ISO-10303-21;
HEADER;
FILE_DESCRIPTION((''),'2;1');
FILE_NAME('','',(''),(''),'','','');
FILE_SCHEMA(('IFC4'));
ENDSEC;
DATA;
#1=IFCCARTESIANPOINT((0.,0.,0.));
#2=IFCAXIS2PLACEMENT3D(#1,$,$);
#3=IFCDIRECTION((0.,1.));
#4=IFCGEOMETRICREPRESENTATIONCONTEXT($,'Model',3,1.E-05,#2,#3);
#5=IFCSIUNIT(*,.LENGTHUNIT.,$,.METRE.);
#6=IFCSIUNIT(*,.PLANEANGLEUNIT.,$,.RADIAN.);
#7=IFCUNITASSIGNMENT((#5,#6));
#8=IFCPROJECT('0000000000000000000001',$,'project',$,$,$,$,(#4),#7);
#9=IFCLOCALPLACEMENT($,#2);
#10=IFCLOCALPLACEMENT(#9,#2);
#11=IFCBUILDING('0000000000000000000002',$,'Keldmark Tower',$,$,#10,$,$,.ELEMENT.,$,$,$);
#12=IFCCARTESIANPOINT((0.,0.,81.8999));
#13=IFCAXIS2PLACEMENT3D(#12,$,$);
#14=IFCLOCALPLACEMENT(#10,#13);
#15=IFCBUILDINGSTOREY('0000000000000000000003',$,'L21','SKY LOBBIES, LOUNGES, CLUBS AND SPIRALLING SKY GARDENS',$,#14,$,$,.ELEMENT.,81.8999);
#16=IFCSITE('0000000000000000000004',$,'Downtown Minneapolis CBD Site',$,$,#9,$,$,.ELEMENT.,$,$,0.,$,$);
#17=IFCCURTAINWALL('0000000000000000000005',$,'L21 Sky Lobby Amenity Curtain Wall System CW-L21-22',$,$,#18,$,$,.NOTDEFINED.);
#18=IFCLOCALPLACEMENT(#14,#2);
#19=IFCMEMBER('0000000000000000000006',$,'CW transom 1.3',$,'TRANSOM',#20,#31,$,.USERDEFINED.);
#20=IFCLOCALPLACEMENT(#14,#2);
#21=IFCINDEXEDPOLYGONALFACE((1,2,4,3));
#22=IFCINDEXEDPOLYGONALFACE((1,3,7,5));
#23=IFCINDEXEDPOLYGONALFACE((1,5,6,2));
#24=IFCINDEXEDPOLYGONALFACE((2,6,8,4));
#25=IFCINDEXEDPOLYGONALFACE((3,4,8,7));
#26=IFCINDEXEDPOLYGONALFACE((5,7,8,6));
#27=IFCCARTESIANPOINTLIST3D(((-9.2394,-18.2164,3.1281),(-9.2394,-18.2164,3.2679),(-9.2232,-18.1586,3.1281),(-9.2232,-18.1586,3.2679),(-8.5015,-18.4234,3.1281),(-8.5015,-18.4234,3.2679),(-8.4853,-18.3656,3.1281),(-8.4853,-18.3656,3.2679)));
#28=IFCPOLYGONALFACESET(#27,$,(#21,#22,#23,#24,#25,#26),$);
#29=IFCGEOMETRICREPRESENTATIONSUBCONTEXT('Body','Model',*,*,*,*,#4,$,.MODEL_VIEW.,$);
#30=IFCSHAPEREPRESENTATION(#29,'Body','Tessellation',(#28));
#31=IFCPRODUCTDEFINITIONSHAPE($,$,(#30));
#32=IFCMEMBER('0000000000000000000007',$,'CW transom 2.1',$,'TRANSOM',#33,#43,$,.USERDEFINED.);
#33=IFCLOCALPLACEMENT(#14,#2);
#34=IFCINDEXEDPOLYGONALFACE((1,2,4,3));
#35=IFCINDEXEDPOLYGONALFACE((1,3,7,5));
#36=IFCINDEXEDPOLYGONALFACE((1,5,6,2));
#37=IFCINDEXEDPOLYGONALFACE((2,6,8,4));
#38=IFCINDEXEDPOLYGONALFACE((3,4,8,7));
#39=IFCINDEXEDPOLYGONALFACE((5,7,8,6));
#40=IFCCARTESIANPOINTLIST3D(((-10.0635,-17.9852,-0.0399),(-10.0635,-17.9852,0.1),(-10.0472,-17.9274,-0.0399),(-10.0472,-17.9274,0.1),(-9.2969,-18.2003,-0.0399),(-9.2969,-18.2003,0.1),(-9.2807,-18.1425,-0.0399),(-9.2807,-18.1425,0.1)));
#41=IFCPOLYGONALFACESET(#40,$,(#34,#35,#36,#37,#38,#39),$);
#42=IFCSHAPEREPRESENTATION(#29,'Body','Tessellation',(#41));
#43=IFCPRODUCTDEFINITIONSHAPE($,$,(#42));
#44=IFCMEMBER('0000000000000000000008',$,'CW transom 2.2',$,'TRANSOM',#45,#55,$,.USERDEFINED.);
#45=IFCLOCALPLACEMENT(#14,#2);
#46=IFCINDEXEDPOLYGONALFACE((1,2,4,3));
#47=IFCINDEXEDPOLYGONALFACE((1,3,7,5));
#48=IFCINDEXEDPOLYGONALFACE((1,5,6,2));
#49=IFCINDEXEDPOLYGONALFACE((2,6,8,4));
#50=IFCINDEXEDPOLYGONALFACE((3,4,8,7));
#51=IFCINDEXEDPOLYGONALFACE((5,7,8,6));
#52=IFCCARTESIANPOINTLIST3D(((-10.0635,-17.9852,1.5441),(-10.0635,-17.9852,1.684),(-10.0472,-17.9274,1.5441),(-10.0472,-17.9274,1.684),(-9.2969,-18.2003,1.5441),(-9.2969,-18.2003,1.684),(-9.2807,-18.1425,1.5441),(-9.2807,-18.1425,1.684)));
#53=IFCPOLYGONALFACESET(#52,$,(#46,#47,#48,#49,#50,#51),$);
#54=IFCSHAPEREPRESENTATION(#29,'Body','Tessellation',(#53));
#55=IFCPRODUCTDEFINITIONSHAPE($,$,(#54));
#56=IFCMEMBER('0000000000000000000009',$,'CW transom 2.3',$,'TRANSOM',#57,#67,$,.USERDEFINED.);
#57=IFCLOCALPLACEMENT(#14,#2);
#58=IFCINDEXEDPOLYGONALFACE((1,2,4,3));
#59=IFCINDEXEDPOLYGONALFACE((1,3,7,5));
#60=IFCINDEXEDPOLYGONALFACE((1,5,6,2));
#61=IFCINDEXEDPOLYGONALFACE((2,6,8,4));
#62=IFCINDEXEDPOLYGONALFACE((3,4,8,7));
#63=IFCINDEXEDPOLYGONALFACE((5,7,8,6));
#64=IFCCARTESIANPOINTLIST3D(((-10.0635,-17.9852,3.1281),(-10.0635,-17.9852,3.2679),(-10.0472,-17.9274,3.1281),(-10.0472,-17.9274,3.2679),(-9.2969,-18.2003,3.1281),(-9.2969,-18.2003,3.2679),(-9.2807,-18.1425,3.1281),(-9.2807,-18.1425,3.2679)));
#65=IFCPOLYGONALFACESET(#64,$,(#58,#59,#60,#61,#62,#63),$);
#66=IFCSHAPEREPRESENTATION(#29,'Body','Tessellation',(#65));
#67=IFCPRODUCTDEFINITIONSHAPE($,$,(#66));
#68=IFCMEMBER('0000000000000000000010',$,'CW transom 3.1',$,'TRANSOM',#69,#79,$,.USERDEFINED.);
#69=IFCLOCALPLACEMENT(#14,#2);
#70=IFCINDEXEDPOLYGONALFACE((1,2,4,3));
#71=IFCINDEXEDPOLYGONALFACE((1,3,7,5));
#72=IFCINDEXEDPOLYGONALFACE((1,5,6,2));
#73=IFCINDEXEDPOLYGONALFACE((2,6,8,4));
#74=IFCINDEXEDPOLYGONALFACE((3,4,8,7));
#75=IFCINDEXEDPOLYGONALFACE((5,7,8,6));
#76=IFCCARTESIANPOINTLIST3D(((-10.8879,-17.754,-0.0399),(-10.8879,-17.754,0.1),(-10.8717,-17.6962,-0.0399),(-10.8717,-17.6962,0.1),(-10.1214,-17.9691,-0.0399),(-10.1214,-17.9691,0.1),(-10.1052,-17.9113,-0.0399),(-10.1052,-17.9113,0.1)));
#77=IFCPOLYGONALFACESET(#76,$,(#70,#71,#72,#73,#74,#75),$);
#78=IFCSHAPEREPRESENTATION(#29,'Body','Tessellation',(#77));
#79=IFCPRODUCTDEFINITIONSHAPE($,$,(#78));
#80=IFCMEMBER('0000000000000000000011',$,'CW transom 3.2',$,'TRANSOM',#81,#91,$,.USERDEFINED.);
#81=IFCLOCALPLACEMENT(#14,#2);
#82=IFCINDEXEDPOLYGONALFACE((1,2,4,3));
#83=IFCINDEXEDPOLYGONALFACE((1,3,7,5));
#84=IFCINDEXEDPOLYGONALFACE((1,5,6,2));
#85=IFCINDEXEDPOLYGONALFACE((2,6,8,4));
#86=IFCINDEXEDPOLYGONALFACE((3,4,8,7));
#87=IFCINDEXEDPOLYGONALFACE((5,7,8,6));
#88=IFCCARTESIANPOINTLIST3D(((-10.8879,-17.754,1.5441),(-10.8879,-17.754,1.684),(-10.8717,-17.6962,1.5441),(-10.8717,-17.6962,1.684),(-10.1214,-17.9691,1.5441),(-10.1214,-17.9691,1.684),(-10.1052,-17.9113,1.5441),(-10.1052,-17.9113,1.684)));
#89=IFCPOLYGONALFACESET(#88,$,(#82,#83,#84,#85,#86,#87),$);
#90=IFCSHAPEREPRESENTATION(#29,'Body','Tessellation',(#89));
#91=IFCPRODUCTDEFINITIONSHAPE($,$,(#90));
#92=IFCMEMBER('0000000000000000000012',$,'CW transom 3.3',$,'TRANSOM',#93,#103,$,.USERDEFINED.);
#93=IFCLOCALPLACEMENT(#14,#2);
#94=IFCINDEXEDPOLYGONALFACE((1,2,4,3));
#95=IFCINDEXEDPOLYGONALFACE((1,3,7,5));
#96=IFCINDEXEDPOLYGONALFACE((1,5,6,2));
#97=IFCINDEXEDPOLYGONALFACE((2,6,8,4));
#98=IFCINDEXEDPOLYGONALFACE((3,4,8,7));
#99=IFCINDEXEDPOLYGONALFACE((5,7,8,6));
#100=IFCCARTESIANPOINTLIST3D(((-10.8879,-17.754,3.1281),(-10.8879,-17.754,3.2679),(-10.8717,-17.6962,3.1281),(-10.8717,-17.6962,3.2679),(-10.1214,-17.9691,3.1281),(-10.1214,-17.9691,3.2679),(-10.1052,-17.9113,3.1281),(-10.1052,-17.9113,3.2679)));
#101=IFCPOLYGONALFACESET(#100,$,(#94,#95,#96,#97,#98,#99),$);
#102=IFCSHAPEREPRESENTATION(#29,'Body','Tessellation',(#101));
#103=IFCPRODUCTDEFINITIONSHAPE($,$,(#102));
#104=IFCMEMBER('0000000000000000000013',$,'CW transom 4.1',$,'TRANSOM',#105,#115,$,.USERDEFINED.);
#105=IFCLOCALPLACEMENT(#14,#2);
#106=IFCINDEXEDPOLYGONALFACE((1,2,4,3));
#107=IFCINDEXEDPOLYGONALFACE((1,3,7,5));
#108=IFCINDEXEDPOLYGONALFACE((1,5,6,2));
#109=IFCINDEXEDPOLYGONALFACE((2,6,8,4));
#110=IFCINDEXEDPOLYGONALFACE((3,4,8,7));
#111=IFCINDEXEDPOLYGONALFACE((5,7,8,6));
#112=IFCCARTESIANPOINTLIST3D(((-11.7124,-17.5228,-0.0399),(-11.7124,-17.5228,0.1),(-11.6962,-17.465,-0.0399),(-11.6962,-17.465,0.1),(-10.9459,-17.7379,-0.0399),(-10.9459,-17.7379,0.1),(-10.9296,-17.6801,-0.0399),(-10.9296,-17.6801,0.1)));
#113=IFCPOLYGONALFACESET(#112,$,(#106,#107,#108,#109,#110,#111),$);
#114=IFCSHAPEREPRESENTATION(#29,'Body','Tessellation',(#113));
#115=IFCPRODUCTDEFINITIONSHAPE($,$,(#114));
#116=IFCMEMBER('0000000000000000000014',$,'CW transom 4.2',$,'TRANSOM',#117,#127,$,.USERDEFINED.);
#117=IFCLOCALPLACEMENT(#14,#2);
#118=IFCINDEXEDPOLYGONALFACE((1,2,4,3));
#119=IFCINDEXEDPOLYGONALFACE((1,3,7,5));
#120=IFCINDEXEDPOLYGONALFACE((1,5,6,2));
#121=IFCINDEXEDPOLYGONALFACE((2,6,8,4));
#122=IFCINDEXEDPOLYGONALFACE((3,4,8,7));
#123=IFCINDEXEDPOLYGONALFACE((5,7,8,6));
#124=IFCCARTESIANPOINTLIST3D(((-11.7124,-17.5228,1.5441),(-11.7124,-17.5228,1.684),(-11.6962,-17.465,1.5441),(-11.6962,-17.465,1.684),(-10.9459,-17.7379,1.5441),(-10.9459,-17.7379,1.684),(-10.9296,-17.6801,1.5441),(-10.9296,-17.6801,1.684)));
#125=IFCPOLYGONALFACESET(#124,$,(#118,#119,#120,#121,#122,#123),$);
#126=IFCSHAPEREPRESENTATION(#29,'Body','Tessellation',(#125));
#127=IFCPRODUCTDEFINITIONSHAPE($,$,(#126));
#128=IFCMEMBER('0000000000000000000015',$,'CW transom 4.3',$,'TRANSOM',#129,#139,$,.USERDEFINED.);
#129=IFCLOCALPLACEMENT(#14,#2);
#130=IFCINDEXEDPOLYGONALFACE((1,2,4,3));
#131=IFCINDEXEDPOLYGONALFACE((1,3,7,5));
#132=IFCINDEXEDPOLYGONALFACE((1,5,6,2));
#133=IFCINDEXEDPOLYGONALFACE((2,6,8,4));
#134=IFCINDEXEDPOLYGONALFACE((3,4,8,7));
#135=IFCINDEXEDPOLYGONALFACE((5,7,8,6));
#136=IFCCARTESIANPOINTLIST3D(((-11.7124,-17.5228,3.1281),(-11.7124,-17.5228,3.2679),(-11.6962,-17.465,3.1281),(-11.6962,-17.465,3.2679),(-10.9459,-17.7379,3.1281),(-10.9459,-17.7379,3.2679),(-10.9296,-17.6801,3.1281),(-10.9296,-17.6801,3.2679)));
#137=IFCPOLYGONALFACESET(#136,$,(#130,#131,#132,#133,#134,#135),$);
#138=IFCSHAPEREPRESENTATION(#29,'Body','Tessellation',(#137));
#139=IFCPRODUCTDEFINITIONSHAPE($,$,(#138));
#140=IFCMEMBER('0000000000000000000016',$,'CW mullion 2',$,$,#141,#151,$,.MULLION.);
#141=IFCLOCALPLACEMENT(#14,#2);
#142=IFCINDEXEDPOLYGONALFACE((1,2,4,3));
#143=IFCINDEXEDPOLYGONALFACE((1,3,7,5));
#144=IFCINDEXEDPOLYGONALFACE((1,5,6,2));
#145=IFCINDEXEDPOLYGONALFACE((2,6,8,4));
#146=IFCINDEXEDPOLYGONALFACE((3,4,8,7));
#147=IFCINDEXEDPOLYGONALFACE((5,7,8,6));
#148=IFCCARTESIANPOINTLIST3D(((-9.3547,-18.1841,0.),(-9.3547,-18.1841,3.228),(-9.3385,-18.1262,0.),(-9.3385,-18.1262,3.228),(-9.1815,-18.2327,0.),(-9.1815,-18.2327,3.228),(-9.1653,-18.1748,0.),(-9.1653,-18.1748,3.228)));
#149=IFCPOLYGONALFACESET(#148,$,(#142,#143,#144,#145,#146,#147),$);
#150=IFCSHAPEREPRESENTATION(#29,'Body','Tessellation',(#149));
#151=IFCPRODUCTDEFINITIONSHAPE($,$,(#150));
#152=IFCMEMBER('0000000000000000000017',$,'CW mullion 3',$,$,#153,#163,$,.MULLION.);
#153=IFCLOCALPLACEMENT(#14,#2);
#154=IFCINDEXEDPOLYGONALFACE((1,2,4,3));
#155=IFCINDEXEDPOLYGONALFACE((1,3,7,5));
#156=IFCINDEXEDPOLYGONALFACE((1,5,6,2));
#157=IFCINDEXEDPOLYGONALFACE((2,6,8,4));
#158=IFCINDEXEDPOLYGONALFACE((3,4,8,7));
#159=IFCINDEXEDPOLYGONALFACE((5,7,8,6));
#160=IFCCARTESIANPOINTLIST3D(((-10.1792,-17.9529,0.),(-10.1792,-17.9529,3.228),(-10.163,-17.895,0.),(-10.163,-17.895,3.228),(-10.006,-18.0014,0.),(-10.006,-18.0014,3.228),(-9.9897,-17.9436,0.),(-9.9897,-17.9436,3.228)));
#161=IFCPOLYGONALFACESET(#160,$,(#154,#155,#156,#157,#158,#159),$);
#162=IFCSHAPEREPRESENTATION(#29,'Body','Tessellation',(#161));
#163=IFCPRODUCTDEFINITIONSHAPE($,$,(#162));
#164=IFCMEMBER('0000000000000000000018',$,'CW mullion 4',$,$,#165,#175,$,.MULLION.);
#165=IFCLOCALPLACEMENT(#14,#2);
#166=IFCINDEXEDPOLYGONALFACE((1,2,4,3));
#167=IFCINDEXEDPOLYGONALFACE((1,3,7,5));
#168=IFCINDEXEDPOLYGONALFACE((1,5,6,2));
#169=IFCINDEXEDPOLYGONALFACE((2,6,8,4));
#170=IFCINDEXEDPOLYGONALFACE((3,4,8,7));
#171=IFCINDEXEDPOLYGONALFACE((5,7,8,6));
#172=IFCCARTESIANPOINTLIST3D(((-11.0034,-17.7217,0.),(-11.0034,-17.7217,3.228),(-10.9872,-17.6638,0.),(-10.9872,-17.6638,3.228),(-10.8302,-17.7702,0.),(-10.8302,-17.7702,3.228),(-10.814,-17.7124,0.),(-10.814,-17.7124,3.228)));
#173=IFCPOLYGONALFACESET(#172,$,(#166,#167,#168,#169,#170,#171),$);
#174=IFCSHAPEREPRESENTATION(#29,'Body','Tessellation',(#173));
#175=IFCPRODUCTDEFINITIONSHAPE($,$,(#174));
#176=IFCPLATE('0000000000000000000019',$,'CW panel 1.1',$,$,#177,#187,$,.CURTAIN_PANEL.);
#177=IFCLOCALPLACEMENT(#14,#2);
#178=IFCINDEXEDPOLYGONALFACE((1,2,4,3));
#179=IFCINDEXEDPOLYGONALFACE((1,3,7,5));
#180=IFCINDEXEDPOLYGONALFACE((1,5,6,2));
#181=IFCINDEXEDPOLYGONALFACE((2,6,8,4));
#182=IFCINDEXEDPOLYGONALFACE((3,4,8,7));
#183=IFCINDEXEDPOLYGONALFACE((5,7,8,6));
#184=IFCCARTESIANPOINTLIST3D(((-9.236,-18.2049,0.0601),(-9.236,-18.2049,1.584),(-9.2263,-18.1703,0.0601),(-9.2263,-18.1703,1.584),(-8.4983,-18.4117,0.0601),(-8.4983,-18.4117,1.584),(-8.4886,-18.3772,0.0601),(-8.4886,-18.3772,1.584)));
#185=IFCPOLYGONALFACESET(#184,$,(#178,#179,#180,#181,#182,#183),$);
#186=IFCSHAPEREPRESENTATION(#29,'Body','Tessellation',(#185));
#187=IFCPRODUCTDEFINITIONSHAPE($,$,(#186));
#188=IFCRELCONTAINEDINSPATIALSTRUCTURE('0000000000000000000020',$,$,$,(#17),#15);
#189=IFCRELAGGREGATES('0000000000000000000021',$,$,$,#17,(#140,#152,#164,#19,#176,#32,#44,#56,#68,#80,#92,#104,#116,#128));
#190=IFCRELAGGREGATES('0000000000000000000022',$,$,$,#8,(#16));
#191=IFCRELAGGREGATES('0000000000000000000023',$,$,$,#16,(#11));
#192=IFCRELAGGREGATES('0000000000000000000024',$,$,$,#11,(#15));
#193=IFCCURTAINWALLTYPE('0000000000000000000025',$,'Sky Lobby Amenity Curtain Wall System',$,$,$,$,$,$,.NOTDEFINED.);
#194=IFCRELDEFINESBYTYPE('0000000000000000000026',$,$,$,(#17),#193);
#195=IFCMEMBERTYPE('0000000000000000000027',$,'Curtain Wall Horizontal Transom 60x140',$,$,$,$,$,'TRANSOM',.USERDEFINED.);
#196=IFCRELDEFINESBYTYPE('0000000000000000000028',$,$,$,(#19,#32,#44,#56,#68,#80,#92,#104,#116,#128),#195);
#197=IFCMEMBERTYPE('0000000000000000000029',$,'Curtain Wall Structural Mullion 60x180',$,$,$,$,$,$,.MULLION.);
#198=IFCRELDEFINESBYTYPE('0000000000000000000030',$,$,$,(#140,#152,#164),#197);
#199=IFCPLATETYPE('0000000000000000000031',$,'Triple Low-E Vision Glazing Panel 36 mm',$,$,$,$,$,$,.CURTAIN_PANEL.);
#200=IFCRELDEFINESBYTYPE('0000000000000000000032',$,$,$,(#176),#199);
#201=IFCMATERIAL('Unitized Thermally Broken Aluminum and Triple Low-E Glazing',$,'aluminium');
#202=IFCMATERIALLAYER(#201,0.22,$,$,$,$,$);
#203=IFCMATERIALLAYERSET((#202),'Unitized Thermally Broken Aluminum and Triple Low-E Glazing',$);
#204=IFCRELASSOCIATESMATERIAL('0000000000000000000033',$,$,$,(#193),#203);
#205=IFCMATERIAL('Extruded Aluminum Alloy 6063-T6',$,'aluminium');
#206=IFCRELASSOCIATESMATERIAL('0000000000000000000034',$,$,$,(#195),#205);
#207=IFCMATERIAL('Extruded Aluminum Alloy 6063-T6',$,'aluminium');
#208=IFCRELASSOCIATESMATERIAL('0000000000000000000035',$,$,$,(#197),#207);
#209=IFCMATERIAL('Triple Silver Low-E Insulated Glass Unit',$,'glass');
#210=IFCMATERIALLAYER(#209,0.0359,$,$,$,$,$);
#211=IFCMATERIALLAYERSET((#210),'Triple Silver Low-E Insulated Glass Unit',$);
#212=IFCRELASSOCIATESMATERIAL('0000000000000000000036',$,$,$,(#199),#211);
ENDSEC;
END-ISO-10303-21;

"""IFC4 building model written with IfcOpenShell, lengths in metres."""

from ifc_helpers import new_model, si_unit, direction, frame, origin, origin_2d, place, context, subcontext, project, spatial, rectangle, extrude, material, layer, layer_set, material_profile, profile_set, type_object, element, aggregate, save


model = new_model("IFC4")

# Units and contexts
model_context = context("Model", 3, precision=1e-05, world=origin(), true_north=direction((0.0, 1.0)))
body_context = subcontext(model_context, "Body", "Model", "MODEL_VIEW")
ifc_project = project(units=[si_unit("LENGTHUNIT", "METRE"), si_unit("PLANEANGLEUNIT", "RADIAN")], contexts=[model_context])

# Site, building, storey
site_placement = place(None, origin())
site = spatial("IfcSite", under=ifc_project, at=site_placement, Name="Downtown Minneapolis CBD Site", CompositionType="ELEMENT", RefElevation=0.0)
building_placement = place(site_placement, origin())
building = spatial("IfcBuilding", under=site, at=building_placement, Name="Keldmark Tower", CompositionType="ELEMENT")
storey_placement = place(building_placement, frame((0.0, 0.0, 81.8999)))
storey = spatial("IfcBuildingStorey", under=building, at=storey_placement, Name="L21", Description="SKY LOBBIES, LOUNGES, CLUBS AND SPIRALLING SKY GARDENS", CompositionType="ELEMENT", Elevation=81.8999)

# Curtain wall, members, plate
ifc_material_1 = material(Name="Unitized Thermally Broken Aluminum and Triple Low-E Glazing", Category="aluminium")
ifc_layer_1 = layer(ifc_material_1, 0.22)
ifc_layer_set_1 = layer_set([ifc_layer_1], Name="Unitized Thermally Broken Aluminum and Triple Low-E Glazing")
curtain_wall_type = type_object("IfcCurtainWallType", Name="Sky Lobby Amenity Curtain Wall System", PredefinedType="NOTDEFINED", material=ifc_layer_set_1)
curtain_wall_placement = place(storey_placement, origin())
curtain_wall = element("IfcCurtainWall", 1, at=curtain_wall_placement, inside=storey, type_object=curtain_wall_type, Name="L21 Sky Lobby Amenity Curtain Wall System CW-L21-22", PredefinedType="NOTDEFINED")
ifc_material_2 = material(Name="Extruded Aluminum Alloy 6063-T6", Category="aluminium")
ifc_material_profile_1 = material_profile(ifc_material_2, rectangle(XDim=0.0601, YDim=0.1399, at=origin_2d()), Name="CWT60X140")
ifc_profile_set_1 = profile_set([ifc_material_profile_1], Name="Extruded Aluminum Alloy 6063-T6")
member_type_1 = type_object("IfcMemberType", Name="Curtain Wall Horizontal Transom 60x140", ElementType="TRANSOM", PredefinedType="USERDEFINED", material=ifc_profile_set_1)
member_1_placement = place(storey_placement, frame((-8.4934, -18.3945, 3.198), z_axis=(-0.962812, 0.270173, 0.0), x_axis=(-0.270173, -0.962812, 0.0)))
member_1 = element("IfcMember", 2, at=member_1_placement, type_object=member_type_1, Name="CW transom 1.3", ObjectType="TRANSOM", PredefinedType="USERDEFINED", context=body_context, shape_type="SweptSolid", body=[
    extrude(rectangle(XDim=0.0601, YDim=0.1399, at=origin_2d()), origin(), (0.0, 0.0, 1.0), 0.7664),
])
member_2_placement = place(storey_placement, frame((-9.2888, -18.1714, 0.03), z_axis=(-0.962821, 0.270142, 0.0), x_axis=(-0.270142, -0.962821, 0.0)))
member_2 = element("IfcMember", 3, at=member_2_placement, type_object=member_type_1, Name="CW transom 2.1", ObjectType="TRANSOM", PredefinedType="USERDEFINED", context=body_context, shape_type="SweptSolid", body=[
    extrude(rectangle(XDim=0.0601, YDim=0.1399, at=origin_2d()), origin(), (0.0, 0.0, 1.0), 0.7961),
])
member_3_placement = place(storey_placement, frame((-9.2888, -18.1714, 1.614), z_axis=(-0.962821, 0.270142, 0.0), x_axis=(-0.270142, -0.962821, 0.0)))
member_3 = element("IfcMember", 4, at=member_3_placement, type_object=member_type_1, Name="CW transom 2.2", ObjectType="TRANSOM", PredefinedType="USERDEFINED", context=body_context, shape_type="SweptSolid", body=[
    extrude(rectangle(XDim=0.0601, YDim=0.1399, at=origin_2d()), origin(), (0.0, 0.0, 1.0), 0.7961),
])
member_4_placement = place(storey_placement, frame((-9.2888, -18.1714, 3.198), z_axis=(-0.962821, 0.270142, 0.0), x_axis=(-0.270142, -0.962821, 0.0)))
member_4 = element("IfcMember", 5, at=member_4_placement, type_object=member_type_1, Name="CW transom 2.3", ObjectType="TRANSOM", PredefinedType="USERDEFINED", context=body_context, shape_type="SweptSolid", body=[
    extrude(rectangle(XDim=0.0601, YDim=0.1399, at=origin_2d()), origin(), (0.0, 0.0, 1.0), 0.7961),
])
member_5_placement = place(storey_placement, frame((-10.1133, -17.9402, 0.03), z_axis=(-0.962821, 0.270142, 0.0), x_axis=(-0.270142, -0.962821, 0.0)))
member_5 = element("IfcMember", 6, at=member_5_placement, type_object=member_type_1, Name="CW transom 3.1", ObjectType="TRANSOM", PredefinedType="USERDEFINED", context=body_context, shape_type="SweptSolid", body=[
    extrude(rectangle(XDim=0.0601, YDim=0.1399, at=origin_2d()), origin(), (0.0, 0.0, 1.0), 0.7961),
])
member_6_placement = place(storey_placement, frame((-10.1133, -17.9402, 1.614), z_axis=(-0.962821, 0.270142, 0.0), x_axis=(-0.270142, -0.962821, 0.0)))
member_6 = element("IfcMember", 7, at=member_6_placement, type_object=member_type_1, Name="CW transom 3.2", ObjectType="TRANSOM", PredefinedType="USERDEFINED", context=body_context, shape_type="SweptSolid", body=[
    extrude(rectangle(XDim=0.0601, YDim=0.1399, at=origin_2d()), origin(), (0.0, 0.0, 1.0), 0.7961),
])
member_7_placement = place(storey_placement, frame((-10.1133, -17.9402, 3.198), z_axis=(-0.962821, 0.270142, 0.0), x_axis=(-0.270142, -0.962821, 0.0)))
member_7 = element("IfcMember", 8, at=member_7_placement, type_object=member_type_1, Name="CW transom 3.3", ObjectType="TRANSOM", PredefinedType="USERDEFINED", context=body_context, shape_type="SweptSolid", body=[
    extrude(rectangle(XDim=0.0601, YDim=0.1399, at=origin_2d()), origin(), (0.0, 0.0, 1.0), 0.7961),
])
member_8_placement = place(storey_placement, frame((-10.9377, -17.709, 0.03), z_axis=(-0.962821, 0.270142, 0.0), x_axis=(-0.270142, -0.962821, 0.0)))
member_8 = element("IfcMember", 9, at=member_8_placement, type_object=member_type_1, Name="CW transom 4.1", ObjectType="TRANSOM", PredefinedType="USERDEFINED", context=body_context, shape_type="SweptSolid", body=[
    extrude(rectangle(XDim=0.0601, YDim=0.1399, at=origin_2d()), origin(), (0.0, 0.0, 1.0), 0.7961),
])
member_9_placement = place(storey_placement, frame((-10.9377, -17.709, 1.614), z_axis=(-0.962821, 0.270142, 0.0), x_axis=(-0.270142, -0.962821, 0.0)))
member_9 = element("IfcMember", 10, at=member_9_placement, type_object=member_type_1, Name="CW transom 4.2", ObjectType="TRANSOM", PredefinedType="USERDEFINED", context=body_context, shape_type="SweptSolid", body=[
    extrude(rectangle(XDim=0.0601, YDim=0.1399, at=origin_2d()), origin(), (0.0, 0.0, 1.0), 0.7961),
])
member_10_placement = place(storey_placement, frame((-10.9377, -17.709, 3.198), z_axis=(-0.962821, 0.270142, 0.0), x_axis=(-0.270142, -0.962821, 0.0)))
member_10 = element("IfcMember", 11, at=member_10_placement, type_object=member_type_1, Name="CW transom 4.3", ObjectType="TRANSOM", PredefinedType="USERDEFINED", context=body_context, shape_type="SweptSolid", body=[
    extrude(rectangle(XDim=0.0601, YDim=0.1399, at=origin_2d()), origin(), (0.0, 0.0, 1.0), 0.7961),
])
ifc_material_3 = material(Name="Extruded Aluminum Alloy 6063-T6", Category="aluminium")
ifc_material_profile_2 = material_profile(ifc_material_3, rectangle(XDim=0.0601, YDim=0.1799, at=origin_2d()), Name="CWM60X180")
ifc_profile_set_2 = profile_set([ifc_material_profile_2], Name="Extruded Aluminum Alloy 6063-T6")
member_type_2 = type_object("IfcMemberType", Name="Curtain Wall Structural Mullion 60x180", PredefinedType="MULLION", material=ifc_profile_set_2)
member_11_placement = place(storey_placement, frame((-9.26, -18.1794, 0.0), z_axis=(0.0, 0.0, 1.0), x_axis=(-0.270028, -0.962852, 0.0)))
member_11 = element("IfcMember", 12, at=member_11_placement, type_object=member_type_2, Name="CW mullion 2", PredefinedType="MULLION", context=body_context, shape_type="SweptSolid", body=[
    extrude(rectangle(XDim=0.0601, YDim=0.1799, at=origin_2d()), origin(), (0.0, 0.0, 1.0), 3.228),
])
member_12_placement = place(storey_placement, frame((-10.0845, -17.9482, 0.0), z_axis=(0.0, 0.0, 1.0), x_axis=(-0.270028, -0.962852, 0.0)))
member_12 = element("IfcMember", 13, at=member_12_placement, type_object=member_type_2, Name="CW mullion 3", PredefinedType="MULLION", context=body_context, shape_type="SweptSolid", body=[
    extrude(rectangle(XDim=0.0601, YDim=0.1799, at=origin_2d()), origin(), (0.0, 0.0, 1.0), 3.228),
])
member_13_placement = place(storey_placement, frame((-10.9087, -17.717, 0.0), z_axis=(0.0, 0.0, 1.0), x_axis=(-0.270028, -0.962852, 0.0)))
member_13 = element("IfcMember", 14, at=member_13_placement, type_object=member_type_2, Name="CW mullion 4", PredefinedType="MULLION", context=body_context, shape_type="SweptSolid", body=[
    extrude(rectangle(XDim=0.0601, YDim=0.1799, at=origin_2d()), origin(), (0.0, 0.0, 1.0), 3.228),
])
ifc_material_4 = material(Name="Triple Silver Low-E Insulated Glass Unit", Category="glass")
ifc_layer_2 = layer(ifc_material_4, 0.0359)
ifc_layer_set_2 = layer_set([ifc_layer_2], Name="Triple Silver Low-E Insulated Glass Unit")
plate_type = type_object("IfcPlateType", Name="Triple Low-E Vision Glazing Panel 36 mm", PredefinedType="CURTAIN_PANEL", material=ifc_layer_set_2)
plate_1_placement = place(storey_placement, frame((-8.8623, -18.291, 0.0601), z_axis=(0.0, 0.0, 1.0), x_axis=(-0.962852, 0.270028, 0.0)))
plate_1 = element("IfcPlate", 15, at=plate_1_placement, type_object=plate_type, Name="CW panel 1.1", PredefinedType="CURTAIN_PANEL", context=body_context, shape_type="SweptSolid", body=[
    extrude(rectangle(XDim=0.7661, YDim=0.0359, at=origin_2d()), origin(), (0.0, 0.0, 1.0), 1.5239),
])
aggregate(curtain_wall, [member_11, member_12, member_13, member_1, plate_1, member_2, member_3, member_4, member_5, member_6, member_7, member_8, member_9, member_10])

save(model, "model.ifc")
